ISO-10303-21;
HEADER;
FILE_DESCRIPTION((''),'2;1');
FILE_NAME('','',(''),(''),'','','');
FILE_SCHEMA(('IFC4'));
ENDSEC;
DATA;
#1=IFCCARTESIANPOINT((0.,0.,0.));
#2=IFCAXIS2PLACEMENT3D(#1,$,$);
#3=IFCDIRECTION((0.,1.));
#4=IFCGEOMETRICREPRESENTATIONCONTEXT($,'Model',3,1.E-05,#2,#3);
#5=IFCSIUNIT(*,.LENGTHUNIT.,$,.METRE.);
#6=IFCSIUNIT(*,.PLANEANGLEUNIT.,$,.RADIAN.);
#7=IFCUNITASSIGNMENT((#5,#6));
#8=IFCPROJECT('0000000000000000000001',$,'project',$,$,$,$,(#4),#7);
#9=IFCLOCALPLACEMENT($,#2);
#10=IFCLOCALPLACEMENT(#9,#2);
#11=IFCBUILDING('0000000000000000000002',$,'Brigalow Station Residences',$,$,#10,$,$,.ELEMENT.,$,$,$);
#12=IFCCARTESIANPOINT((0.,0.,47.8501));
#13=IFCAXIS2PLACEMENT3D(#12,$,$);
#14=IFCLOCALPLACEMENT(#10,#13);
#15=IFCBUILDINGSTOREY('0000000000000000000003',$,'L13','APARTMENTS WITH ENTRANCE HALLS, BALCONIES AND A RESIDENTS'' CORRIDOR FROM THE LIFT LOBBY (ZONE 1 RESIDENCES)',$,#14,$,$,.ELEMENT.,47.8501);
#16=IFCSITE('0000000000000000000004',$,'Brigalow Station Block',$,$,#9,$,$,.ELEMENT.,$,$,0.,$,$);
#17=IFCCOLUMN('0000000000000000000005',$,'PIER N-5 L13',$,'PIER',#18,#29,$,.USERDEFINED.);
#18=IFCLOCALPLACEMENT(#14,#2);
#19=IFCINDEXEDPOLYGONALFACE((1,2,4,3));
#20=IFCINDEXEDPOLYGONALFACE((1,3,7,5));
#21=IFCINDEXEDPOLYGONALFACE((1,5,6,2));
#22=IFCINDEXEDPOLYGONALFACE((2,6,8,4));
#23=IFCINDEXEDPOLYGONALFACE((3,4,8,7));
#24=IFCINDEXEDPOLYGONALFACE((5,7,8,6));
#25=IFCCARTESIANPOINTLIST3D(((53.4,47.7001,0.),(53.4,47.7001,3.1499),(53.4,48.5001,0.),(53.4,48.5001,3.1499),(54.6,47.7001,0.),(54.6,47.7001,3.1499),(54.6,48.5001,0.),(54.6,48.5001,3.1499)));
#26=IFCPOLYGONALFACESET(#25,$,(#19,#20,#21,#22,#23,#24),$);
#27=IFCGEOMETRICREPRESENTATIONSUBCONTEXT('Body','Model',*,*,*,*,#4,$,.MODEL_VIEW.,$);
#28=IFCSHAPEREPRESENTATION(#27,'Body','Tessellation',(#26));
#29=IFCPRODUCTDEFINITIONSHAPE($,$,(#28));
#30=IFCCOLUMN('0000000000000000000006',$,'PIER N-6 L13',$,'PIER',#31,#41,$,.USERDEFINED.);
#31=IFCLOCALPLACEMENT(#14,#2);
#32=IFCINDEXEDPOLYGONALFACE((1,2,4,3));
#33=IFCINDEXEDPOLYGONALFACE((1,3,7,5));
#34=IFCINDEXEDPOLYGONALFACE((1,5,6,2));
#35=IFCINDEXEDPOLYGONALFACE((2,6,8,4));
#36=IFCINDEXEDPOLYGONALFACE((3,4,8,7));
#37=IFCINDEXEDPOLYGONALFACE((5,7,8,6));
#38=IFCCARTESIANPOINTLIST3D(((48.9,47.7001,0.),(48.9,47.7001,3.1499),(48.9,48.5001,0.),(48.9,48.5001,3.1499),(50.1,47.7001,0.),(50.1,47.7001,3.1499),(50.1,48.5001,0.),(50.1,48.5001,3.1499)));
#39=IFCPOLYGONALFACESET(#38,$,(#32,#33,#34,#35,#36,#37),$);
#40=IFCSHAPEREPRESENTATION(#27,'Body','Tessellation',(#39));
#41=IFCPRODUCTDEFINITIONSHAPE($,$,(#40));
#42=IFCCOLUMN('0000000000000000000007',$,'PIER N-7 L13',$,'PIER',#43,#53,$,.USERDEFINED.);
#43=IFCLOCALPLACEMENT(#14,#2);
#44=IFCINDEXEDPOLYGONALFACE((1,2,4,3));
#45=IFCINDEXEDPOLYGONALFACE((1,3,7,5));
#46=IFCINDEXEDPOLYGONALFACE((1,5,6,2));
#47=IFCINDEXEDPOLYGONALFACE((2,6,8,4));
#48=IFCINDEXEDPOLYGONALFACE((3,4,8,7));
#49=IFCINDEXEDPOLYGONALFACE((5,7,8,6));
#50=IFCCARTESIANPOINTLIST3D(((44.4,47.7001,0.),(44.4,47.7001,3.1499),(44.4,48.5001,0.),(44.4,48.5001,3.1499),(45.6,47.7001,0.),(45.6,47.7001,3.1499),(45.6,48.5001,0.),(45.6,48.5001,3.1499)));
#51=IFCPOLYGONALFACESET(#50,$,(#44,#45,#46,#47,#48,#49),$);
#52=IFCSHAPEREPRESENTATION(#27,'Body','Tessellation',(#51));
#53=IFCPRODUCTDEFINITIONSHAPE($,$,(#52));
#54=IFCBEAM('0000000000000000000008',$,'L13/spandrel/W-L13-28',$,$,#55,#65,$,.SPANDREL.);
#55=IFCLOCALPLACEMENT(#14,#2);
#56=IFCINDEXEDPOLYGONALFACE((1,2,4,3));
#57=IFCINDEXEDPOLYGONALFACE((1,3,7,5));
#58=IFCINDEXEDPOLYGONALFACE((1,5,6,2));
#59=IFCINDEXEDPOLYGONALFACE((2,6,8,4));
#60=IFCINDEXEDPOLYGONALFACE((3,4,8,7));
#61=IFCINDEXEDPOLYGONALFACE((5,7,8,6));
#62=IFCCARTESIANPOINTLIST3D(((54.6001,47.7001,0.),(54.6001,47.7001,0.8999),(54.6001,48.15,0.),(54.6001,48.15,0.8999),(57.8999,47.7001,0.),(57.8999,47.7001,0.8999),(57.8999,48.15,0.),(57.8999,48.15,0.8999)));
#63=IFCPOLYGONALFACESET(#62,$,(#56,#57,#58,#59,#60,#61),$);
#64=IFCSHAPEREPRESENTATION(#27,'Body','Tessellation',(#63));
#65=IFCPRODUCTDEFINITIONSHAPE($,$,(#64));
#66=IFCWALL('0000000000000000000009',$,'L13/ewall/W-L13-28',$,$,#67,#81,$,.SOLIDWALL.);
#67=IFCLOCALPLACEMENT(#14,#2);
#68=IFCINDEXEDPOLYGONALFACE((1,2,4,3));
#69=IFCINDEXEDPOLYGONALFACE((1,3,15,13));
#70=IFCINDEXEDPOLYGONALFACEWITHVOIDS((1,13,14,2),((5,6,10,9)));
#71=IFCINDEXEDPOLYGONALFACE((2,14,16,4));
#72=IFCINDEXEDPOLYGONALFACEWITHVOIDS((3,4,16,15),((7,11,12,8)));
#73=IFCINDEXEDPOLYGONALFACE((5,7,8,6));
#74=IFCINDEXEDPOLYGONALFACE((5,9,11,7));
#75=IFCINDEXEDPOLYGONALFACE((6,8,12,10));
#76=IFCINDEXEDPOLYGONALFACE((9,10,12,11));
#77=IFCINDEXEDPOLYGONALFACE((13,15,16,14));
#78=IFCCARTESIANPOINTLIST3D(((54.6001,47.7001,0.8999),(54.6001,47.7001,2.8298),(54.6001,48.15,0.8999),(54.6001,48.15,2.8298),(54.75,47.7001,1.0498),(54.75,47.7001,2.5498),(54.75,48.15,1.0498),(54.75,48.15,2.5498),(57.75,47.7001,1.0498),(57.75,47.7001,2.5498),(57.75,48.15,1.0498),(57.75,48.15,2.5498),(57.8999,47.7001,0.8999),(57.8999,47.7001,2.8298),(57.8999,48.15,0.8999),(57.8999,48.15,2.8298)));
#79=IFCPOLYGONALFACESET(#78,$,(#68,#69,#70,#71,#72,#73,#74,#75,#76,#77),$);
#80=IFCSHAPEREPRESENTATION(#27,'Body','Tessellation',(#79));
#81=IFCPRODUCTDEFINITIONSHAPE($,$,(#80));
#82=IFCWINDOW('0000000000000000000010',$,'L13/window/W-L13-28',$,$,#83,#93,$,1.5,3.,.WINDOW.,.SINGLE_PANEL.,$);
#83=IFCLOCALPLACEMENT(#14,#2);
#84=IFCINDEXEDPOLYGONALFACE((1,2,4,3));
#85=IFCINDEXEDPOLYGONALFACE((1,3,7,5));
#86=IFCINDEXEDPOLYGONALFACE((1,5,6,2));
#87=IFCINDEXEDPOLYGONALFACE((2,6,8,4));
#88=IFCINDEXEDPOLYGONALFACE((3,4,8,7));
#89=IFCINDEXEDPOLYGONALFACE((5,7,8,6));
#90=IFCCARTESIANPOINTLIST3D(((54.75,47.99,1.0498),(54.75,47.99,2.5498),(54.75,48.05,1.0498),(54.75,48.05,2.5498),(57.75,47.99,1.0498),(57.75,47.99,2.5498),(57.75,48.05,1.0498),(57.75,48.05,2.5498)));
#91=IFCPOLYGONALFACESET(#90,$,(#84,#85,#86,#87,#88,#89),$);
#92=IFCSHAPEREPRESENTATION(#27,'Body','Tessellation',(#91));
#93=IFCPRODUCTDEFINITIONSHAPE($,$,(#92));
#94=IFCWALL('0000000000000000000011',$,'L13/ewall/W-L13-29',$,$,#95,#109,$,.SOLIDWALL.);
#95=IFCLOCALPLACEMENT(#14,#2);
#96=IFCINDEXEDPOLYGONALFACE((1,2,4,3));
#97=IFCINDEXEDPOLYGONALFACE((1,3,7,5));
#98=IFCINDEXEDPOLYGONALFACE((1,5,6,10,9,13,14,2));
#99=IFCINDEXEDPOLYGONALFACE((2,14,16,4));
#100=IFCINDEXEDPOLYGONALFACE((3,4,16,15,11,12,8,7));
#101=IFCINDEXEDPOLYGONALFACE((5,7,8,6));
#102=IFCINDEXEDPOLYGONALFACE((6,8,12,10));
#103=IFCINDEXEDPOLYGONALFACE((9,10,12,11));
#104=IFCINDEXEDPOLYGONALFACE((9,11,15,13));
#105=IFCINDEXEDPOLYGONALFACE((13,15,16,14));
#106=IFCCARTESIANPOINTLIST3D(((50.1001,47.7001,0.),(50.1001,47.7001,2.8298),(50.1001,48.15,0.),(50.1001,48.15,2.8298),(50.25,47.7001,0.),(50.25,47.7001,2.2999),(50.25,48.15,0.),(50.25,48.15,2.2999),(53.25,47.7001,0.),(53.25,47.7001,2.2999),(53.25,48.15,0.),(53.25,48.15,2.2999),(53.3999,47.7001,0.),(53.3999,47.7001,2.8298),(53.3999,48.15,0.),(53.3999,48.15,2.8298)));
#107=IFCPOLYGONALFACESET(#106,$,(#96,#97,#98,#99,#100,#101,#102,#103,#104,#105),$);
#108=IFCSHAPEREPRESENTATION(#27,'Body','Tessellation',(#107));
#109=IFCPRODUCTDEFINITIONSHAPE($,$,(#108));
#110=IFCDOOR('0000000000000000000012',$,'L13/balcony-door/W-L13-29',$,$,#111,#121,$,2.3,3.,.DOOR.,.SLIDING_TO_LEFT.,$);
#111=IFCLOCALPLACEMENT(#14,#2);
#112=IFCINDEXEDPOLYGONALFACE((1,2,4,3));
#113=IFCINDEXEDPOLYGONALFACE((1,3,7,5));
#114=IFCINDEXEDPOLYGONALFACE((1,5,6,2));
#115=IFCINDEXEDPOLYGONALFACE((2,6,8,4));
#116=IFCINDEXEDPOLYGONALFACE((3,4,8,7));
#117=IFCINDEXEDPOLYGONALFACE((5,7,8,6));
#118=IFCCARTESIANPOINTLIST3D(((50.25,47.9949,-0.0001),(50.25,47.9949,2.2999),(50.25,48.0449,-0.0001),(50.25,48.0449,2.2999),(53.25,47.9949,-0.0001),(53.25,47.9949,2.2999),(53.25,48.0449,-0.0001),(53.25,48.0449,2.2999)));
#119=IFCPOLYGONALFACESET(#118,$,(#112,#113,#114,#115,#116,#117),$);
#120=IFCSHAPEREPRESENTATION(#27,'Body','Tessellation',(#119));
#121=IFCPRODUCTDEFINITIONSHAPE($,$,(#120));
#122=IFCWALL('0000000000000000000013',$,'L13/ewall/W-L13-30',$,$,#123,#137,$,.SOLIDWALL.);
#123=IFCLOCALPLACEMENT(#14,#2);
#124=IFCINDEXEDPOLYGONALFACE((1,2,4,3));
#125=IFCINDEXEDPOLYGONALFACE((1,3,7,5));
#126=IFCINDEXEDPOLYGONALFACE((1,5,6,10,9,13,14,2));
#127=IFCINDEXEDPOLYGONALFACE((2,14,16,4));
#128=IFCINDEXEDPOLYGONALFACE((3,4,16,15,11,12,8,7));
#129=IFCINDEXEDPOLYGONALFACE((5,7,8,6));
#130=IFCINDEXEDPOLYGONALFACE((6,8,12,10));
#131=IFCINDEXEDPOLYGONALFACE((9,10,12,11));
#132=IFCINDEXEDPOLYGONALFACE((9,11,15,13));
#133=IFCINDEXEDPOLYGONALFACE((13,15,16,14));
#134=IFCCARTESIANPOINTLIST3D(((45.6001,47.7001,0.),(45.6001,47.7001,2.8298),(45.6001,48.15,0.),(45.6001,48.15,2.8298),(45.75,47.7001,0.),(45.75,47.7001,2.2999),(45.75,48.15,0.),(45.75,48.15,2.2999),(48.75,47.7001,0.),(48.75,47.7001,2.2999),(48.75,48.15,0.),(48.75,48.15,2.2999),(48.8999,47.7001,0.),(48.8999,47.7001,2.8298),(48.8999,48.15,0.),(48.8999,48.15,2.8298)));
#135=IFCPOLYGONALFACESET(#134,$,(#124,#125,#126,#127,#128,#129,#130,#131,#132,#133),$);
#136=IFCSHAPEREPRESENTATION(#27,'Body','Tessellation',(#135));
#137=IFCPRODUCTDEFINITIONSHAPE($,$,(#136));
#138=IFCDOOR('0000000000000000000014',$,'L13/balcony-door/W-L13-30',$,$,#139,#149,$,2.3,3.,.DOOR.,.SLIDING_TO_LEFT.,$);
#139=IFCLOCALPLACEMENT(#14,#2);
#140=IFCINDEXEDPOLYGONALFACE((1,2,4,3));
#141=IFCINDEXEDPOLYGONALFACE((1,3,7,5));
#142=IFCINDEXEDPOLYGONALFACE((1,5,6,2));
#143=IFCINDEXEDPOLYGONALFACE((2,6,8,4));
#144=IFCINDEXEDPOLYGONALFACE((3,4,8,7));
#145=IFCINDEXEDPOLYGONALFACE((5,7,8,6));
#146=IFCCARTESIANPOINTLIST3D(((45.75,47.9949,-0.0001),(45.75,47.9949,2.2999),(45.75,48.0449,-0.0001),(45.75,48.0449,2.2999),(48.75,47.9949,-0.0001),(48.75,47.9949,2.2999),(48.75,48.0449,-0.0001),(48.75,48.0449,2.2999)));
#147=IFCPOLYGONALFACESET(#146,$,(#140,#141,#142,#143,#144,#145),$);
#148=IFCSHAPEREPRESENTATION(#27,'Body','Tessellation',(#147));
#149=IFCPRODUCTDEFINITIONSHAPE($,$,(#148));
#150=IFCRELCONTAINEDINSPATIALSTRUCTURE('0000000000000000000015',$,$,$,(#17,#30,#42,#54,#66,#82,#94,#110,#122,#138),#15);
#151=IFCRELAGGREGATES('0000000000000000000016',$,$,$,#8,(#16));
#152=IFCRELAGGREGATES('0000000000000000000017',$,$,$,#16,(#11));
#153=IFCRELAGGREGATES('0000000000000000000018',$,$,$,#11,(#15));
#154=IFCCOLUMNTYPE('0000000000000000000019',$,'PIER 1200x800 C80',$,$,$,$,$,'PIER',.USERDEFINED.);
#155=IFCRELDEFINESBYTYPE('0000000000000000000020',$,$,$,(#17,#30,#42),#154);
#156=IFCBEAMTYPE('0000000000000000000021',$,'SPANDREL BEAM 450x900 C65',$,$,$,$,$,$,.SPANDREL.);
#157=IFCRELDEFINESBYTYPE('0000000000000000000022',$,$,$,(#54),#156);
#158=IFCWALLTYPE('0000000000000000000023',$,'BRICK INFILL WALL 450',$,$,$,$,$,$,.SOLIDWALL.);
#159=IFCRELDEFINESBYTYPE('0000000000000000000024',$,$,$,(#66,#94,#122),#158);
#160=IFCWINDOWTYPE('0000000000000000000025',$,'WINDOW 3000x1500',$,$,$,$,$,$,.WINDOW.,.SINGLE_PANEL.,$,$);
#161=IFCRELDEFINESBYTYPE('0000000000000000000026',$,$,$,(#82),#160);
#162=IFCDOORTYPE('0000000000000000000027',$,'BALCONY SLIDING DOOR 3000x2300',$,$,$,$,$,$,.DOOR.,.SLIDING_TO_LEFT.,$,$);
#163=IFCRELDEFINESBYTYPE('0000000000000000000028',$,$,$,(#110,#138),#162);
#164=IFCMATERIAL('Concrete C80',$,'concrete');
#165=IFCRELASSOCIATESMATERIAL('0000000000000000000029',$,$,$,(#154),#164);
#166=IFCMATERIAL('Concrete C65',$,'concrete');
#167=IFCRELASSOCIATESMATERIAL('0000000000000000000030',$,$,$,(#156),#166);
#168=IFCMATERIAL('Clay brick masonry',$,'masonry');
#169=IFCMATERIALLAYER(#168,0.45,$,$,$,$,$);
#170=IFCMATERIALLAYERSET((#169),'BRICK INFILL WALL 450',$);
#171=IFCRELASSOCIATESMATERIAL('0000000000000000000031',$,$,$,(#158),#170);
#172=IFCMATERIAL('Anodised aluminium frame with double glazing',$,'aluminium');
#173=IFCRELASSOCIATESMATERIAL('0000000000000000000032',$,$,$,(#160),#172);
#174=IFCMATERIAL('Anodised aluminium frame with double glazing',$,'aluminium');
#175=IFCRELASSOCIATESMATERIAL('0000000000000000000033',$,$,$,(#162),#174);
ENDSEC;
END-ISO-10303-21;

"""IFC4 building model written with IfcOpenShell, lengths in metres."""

from ifc_helpers import new_model, si_unit, direction, frame, frame_2d, origin, origin_2d, place, context, subcontext, project, spatial, rectangle, extrude, material, layer, layer_set, material_profile, profile_set, type_object, element, fill, save


model = new_model("IFC4")

# Units and contexts
model_context = context("Model", 3, precision=1e-05, world=origin(), true_north=direction((0.0, 1.0)))
body_context = subcontext(model_context, "Body", "Model", "MODEL_VIEW")
ifc_project = project(units=[si_unit("LENGTHUNIT", "METRE"), si_unit("PLANEANGLEUNIT", "RADIAN")], contexts=[model_context])

# Site, building, storey
site_placement = place(None, origin())
site = spatial("IfcSite", under=ifc_project, at=site_placement, Name="Brigalow Station Block", CompositionType="ELEMENT", RefElevation=0.0)
building_placement = place(site_placement, origin())
building = spatial("IfcBuilding", under=site, at=building_placement, Name="Brigalow Station Residences", CompositionType="ELEMENT")
storey_placement = place(building_placement, frame((0.0, 0.0, 47.8501)))
storey = spatial("IfcBuildingStorey", under=building, at=storey_placement, Name="L13", Description="APARTMENTS WITH ENTRANCE HALLS, BALCONIES AND A RESIDENTS' CORRIDOR FROM THE LIFT LOBBY (ZONE 1 RESIDENCES)", CompositionType="ELEMENT", Elevation=47.8501)

# Columns
ifc_material_1 = material(Name="Concrete C80", Category="concrete")
ifc_material_profile_1 = material_profile(ifc_material_1, rectangle(XDim=1.2, YDim=0.8, at=origin_2d()), Name="RC1200x800")
ifc_profile_set_1 = profile_set([ifc_material_profile_1], Name="Concrete C80")
column_type = type_object("IfcColumnType", Name="PIER 1200x800 C80", ElementType="PIER", PredefinedType="USERDEFINED", material=ifc_profile_set_1)
for number, where, z_axis, x_axis, name in (
    (1, (54.0, 48.1001, 0.0), (0.0, 0.0, 1.0), (-1.0, 0.0, 0.0), "PIER N-5 L13"),
    (2, (49.5, 48.1001, 0.0), (0.0, 0.0, 1.0), (-1.0, 0.0, 0.0), "PIER N-6 L13"),
    (3, (45.0, 48.1001, 0.0), (0.0, 0.0, 1.0), (-1.0, 0.0, 0.0), "PIER N-7 L13"),
):
    element("IfcColumn", number, at=place(storey_placement, frame(where, z_axis=z_axis, x_axis=x_axis)), inside=storey, type_object=column_type, Name=name, ObjectType="PIER", PredefinedType="USERDEFINED", context=body_context, shape_type="SweptSolid", body=[
        extrude(rectangle(XDim=1.2, YDim=0.8, at=origin_2d()), origin(), (0.0, 0.0, 1.0), 3.1499),
    ])

# Beam
ifc_material_2 = material(Name="Concrete C65", Category="concrete")
ifc_material_profile_2 = material_profile(ifc_material_2, rectangle(XDim=0.45, YDim=0.8999, at=origin_2d()), Name="RC450x900")
ifc_profile_set_2 = profile_set([ifc_material_profile_2], Name="Concrete C65")
beam_type = type_object("IfcBeamType", Name="SPANDREL BEAM 450x900 C65", PredefinedType="SPANDREL", material=ifc_profile_set_2)
beam_placement = place(storey_placement, frame((57.8999, 47.925, 0.45), z_axis=(-1.0, 0.0, 0.0), x_axis=(0.0, -1.0, 0.0)))
element("IfcBeam", 4, at=beam_placement, inside=storey, type_object=beam_type, Name="L13/spandrel/W-L13-28", PredefinedType="SPANDREL", context=body_context, shape_type="SweptSolid", body=[
    extrude(rectangle(XDim=0.45, YDim=0.8999, at=origin_2d()), origin(), (0.0, 0.0, 1.0), 3.2998),
])

# Wall, opening, window
ifc_material_3 = material(Name="Clay brick masonry", Category="masonry")
ifc_layer_1 = layer(ifc_material_3, 0.45)
ifc_layer_set_1 = layer_set([ifc_layer_1], Name="BRICK INFILL WALL 450")
wall_type_1 = type_object("IfcWallType", Name="BRICK INFILL WALL 450", PredefinedType="SOLIDWALL", material=ifc_layer_set_1)
wall_1_placement = place(storey_placement, frame((57.8999, 47.925, 0.8999), z_axis=(0.0, 0.0, 1.0), x_axis=(-1.0, 0.0, 0.0)))
wall_1 = element("IfcWall", 5, at=wall_1_placement, inside=storey, type_object=wall_type_1, Name="L13/ewall/W-L13-28", PredefinedType="SOLIDWALL", context=body_context, shape_type="SweptSolid", body=[
    extrude(rectangle(XDim=3.2998, YDim=0.45, at=frame_2d((1.6499, 0.0))), origin(), (0.0, 0.0, 1.0), 1.9299),
])
opening_1_placement = place(wall_1_placement, frame((0.1499, 0.0, 0.1499)))
opening_1 = element("IfcOpeningElement", 6, at=opening_1_placement, cuts=wall_1, PredefinedType="OPENING", context=body_context, shape_type="SweptSolid", body=[
    extrude(rectangle(XDim=3.0, YDim=1.5, at=frame_2d((1.5, 0.75))), frame((0.0, 0.2349, 0.0), z_axis=(0.0, -1.0, 0.0), x_axis=(1.0, 0.0, 0.0)), (0.0, 0.0, 1.0), 0.47),
])
ifc_material_4 = material(Name="Anodised aluminium frame with double glazing", Category="aluminium")
window_type = type_object("IfcWindowType", Name="WINDOW 3000x1500", PartitioningType="SINGLE_PANEL", PredefinedType="WINDOW", material=ifc_material_4)
window_placement = place(opening_1_placement, origin())
window = element("IfcWindow", 7, at=window_placement, inside=storey, type_object=window_type, Name="L13/window/W-L13-28", OverallHeight=1.5, OverallWidth=3.0, PartitioningType="SINGLE_PANEL", PredefinedType="WINDOW", context=body_context, shape_type="SweptSolid", body=[
    extrude(rectangle(XDim=3.0, YDim=1.5, at=frame_2d((1.5, 0.75))), frame((0.0, -0.0649, 0.0), z_axis=(0.0, -1.0, 0.0), x_axis=(1.0, 0.0, 0.0)), (0.0, 0.0, 1.0), 0.0601),
])
fill(opening_1, window)

# Walls, openings, doors
wall_2_placement = place(storey_placement, frame((53.3999, 47.925, 0.0), z_axis=(0.0, 0.0, 1.0), x_axis=(-1.0, 0.0, 0.0)))
wall_2 = element("IfcWall", 8, at=wall_2_placement, inside=storey, type_object=wall_type_1, Name="L13/ewall/W-L13-29", PredefinedType="SOLIDWALL", context=body_context, shape_type="SweptSolid", body=[
    extrude(rectangle(XDim=3.2998, YDim=0.45, at=frame_2d((1.6499, 0.0))), origin(), (0.0, 0.0, 1.0), 2.8298),
])
opening_2_placement = place(wall_2_placement, frame((0.1499, 0.0, 0.0)))
opening_2 = element("IfcOpeningElement", 9, at=opening_2_placement, cuts=wall_2, PredefinedType="OPENING", context=body_context, shape_type="SweptSolid", body=[
    extrude(rectangle(XDim=3.0, YDim=2.3, at=frame_2d((1.5, 1.1499))), frame((0.0, 0.2349, 0.0), z_axis=(0.0, -1.0, 0.0), x_axis=(1.0, 0.0, 0.0)), (0.0, 0.0, 1.0), 0.47),
])
ifc_material_5 = material(Name="Anodised aluminium frame with double glazing", Category="aluminium")
door_type_1 = type_object("IfcDoorType", Name="BALCONY SLIDING DOOR 3000x2300", OperationType="SLIDING_TO_LEFT", PredefinedType="DOOR", material=ifc_material_5)
door_1_placement = place(opening_2_placement, origin())
door_1 = element("IfcDoor", 10, at=door_1_placement, inside=storey, type_object=door_type_1, Name="L13/balcony-door/W-L13-29", OperationType="SLIDING_TO_LEFT", OverallHeight=2.3, OverallWidth=3.0, PredefinedType="DOOR", context=body_context, shape_type="SweptSolid", body=[
    extrude(rectangle(XDim=3.0, YDim=2.3, at=frame_2d((1.5, 1.1499))), frame((0.0, -0.0698, 0.0), z_axis=(0.0, -1.0, 0.0), x_axis=(1.0, 0.0, 0.0)), (0.0, 0.0, 1.0), 0.05),
])
fill(opening_2, door_1)
wall_3_placement = place(storey_placement, frame((48.8999, 47.925, 0.0), z_axis=(0.0, 0.0, 1.0), x_axis=(-1.0, 0.0, 0.0)))
wall_3 = element("IfcWall", 11, at=wall_3_placement, inside=storey, type_object=wall_type_1, Name="L13/ewall/W-L13-30", PredefinedType="SOLIDWALL", context=body_context, shape_type="SweptSolid", body=[
    extrude(rectangle(XDim=3.2998, YDim=0.45, at=frame_2d((1.6499, 0.0))), origin(), (0.0, 0.0, 1.0), 2.8298),
])
opening_3_placement = place(wall_3_placement, frame((0.1499, 0.0, 0.0)))
opening_3 = element("IfcOpeningElement", 12, at=opening_3_placement, cuts=wall_3, PredefinedType="OPENING", context=body_context, shape_type="SweptSolid", body=[
    extrude(rectangle(XDim=3.0, YDim=2.3, at=frame_2d((1.5, 1.1499))), frame((0.0, 0.2349, 0.0), z_axis=(0.0, -1.0, 0.0), x_axis=(1.0, 0.0, 0.0)), (0.0, 0.0, 1.0), 0.47),
])
door_2_placement = place(opening_3_placement, origin())
door_2 = element("IfcDoor", 13, at=door_2_placement, inside=storey, type_object=door_type_1, Name="L13/balcony-door/W-L13-30", OperationType="SLIDING_TO_LEFT", OverallHeight=2.3, OverallWidth=3.0, PredefinedType="DOOR", context=body_context, shape_type="SweptSolid", body=[
    extrude(rectangle(XDim=3.0, YDim=2.3, at=frame_2d((1.5, 1.1499))), frame((0.0, -0.0698, 0.0), z_axis=(0.0, -1.0, 0.0), x_axis=(1.0, 0.0, 0.0)), (0.0, 0.0, 1.0), 0.05),
])
fill(opening_3, door_2)

save(model, "model.ifc")
